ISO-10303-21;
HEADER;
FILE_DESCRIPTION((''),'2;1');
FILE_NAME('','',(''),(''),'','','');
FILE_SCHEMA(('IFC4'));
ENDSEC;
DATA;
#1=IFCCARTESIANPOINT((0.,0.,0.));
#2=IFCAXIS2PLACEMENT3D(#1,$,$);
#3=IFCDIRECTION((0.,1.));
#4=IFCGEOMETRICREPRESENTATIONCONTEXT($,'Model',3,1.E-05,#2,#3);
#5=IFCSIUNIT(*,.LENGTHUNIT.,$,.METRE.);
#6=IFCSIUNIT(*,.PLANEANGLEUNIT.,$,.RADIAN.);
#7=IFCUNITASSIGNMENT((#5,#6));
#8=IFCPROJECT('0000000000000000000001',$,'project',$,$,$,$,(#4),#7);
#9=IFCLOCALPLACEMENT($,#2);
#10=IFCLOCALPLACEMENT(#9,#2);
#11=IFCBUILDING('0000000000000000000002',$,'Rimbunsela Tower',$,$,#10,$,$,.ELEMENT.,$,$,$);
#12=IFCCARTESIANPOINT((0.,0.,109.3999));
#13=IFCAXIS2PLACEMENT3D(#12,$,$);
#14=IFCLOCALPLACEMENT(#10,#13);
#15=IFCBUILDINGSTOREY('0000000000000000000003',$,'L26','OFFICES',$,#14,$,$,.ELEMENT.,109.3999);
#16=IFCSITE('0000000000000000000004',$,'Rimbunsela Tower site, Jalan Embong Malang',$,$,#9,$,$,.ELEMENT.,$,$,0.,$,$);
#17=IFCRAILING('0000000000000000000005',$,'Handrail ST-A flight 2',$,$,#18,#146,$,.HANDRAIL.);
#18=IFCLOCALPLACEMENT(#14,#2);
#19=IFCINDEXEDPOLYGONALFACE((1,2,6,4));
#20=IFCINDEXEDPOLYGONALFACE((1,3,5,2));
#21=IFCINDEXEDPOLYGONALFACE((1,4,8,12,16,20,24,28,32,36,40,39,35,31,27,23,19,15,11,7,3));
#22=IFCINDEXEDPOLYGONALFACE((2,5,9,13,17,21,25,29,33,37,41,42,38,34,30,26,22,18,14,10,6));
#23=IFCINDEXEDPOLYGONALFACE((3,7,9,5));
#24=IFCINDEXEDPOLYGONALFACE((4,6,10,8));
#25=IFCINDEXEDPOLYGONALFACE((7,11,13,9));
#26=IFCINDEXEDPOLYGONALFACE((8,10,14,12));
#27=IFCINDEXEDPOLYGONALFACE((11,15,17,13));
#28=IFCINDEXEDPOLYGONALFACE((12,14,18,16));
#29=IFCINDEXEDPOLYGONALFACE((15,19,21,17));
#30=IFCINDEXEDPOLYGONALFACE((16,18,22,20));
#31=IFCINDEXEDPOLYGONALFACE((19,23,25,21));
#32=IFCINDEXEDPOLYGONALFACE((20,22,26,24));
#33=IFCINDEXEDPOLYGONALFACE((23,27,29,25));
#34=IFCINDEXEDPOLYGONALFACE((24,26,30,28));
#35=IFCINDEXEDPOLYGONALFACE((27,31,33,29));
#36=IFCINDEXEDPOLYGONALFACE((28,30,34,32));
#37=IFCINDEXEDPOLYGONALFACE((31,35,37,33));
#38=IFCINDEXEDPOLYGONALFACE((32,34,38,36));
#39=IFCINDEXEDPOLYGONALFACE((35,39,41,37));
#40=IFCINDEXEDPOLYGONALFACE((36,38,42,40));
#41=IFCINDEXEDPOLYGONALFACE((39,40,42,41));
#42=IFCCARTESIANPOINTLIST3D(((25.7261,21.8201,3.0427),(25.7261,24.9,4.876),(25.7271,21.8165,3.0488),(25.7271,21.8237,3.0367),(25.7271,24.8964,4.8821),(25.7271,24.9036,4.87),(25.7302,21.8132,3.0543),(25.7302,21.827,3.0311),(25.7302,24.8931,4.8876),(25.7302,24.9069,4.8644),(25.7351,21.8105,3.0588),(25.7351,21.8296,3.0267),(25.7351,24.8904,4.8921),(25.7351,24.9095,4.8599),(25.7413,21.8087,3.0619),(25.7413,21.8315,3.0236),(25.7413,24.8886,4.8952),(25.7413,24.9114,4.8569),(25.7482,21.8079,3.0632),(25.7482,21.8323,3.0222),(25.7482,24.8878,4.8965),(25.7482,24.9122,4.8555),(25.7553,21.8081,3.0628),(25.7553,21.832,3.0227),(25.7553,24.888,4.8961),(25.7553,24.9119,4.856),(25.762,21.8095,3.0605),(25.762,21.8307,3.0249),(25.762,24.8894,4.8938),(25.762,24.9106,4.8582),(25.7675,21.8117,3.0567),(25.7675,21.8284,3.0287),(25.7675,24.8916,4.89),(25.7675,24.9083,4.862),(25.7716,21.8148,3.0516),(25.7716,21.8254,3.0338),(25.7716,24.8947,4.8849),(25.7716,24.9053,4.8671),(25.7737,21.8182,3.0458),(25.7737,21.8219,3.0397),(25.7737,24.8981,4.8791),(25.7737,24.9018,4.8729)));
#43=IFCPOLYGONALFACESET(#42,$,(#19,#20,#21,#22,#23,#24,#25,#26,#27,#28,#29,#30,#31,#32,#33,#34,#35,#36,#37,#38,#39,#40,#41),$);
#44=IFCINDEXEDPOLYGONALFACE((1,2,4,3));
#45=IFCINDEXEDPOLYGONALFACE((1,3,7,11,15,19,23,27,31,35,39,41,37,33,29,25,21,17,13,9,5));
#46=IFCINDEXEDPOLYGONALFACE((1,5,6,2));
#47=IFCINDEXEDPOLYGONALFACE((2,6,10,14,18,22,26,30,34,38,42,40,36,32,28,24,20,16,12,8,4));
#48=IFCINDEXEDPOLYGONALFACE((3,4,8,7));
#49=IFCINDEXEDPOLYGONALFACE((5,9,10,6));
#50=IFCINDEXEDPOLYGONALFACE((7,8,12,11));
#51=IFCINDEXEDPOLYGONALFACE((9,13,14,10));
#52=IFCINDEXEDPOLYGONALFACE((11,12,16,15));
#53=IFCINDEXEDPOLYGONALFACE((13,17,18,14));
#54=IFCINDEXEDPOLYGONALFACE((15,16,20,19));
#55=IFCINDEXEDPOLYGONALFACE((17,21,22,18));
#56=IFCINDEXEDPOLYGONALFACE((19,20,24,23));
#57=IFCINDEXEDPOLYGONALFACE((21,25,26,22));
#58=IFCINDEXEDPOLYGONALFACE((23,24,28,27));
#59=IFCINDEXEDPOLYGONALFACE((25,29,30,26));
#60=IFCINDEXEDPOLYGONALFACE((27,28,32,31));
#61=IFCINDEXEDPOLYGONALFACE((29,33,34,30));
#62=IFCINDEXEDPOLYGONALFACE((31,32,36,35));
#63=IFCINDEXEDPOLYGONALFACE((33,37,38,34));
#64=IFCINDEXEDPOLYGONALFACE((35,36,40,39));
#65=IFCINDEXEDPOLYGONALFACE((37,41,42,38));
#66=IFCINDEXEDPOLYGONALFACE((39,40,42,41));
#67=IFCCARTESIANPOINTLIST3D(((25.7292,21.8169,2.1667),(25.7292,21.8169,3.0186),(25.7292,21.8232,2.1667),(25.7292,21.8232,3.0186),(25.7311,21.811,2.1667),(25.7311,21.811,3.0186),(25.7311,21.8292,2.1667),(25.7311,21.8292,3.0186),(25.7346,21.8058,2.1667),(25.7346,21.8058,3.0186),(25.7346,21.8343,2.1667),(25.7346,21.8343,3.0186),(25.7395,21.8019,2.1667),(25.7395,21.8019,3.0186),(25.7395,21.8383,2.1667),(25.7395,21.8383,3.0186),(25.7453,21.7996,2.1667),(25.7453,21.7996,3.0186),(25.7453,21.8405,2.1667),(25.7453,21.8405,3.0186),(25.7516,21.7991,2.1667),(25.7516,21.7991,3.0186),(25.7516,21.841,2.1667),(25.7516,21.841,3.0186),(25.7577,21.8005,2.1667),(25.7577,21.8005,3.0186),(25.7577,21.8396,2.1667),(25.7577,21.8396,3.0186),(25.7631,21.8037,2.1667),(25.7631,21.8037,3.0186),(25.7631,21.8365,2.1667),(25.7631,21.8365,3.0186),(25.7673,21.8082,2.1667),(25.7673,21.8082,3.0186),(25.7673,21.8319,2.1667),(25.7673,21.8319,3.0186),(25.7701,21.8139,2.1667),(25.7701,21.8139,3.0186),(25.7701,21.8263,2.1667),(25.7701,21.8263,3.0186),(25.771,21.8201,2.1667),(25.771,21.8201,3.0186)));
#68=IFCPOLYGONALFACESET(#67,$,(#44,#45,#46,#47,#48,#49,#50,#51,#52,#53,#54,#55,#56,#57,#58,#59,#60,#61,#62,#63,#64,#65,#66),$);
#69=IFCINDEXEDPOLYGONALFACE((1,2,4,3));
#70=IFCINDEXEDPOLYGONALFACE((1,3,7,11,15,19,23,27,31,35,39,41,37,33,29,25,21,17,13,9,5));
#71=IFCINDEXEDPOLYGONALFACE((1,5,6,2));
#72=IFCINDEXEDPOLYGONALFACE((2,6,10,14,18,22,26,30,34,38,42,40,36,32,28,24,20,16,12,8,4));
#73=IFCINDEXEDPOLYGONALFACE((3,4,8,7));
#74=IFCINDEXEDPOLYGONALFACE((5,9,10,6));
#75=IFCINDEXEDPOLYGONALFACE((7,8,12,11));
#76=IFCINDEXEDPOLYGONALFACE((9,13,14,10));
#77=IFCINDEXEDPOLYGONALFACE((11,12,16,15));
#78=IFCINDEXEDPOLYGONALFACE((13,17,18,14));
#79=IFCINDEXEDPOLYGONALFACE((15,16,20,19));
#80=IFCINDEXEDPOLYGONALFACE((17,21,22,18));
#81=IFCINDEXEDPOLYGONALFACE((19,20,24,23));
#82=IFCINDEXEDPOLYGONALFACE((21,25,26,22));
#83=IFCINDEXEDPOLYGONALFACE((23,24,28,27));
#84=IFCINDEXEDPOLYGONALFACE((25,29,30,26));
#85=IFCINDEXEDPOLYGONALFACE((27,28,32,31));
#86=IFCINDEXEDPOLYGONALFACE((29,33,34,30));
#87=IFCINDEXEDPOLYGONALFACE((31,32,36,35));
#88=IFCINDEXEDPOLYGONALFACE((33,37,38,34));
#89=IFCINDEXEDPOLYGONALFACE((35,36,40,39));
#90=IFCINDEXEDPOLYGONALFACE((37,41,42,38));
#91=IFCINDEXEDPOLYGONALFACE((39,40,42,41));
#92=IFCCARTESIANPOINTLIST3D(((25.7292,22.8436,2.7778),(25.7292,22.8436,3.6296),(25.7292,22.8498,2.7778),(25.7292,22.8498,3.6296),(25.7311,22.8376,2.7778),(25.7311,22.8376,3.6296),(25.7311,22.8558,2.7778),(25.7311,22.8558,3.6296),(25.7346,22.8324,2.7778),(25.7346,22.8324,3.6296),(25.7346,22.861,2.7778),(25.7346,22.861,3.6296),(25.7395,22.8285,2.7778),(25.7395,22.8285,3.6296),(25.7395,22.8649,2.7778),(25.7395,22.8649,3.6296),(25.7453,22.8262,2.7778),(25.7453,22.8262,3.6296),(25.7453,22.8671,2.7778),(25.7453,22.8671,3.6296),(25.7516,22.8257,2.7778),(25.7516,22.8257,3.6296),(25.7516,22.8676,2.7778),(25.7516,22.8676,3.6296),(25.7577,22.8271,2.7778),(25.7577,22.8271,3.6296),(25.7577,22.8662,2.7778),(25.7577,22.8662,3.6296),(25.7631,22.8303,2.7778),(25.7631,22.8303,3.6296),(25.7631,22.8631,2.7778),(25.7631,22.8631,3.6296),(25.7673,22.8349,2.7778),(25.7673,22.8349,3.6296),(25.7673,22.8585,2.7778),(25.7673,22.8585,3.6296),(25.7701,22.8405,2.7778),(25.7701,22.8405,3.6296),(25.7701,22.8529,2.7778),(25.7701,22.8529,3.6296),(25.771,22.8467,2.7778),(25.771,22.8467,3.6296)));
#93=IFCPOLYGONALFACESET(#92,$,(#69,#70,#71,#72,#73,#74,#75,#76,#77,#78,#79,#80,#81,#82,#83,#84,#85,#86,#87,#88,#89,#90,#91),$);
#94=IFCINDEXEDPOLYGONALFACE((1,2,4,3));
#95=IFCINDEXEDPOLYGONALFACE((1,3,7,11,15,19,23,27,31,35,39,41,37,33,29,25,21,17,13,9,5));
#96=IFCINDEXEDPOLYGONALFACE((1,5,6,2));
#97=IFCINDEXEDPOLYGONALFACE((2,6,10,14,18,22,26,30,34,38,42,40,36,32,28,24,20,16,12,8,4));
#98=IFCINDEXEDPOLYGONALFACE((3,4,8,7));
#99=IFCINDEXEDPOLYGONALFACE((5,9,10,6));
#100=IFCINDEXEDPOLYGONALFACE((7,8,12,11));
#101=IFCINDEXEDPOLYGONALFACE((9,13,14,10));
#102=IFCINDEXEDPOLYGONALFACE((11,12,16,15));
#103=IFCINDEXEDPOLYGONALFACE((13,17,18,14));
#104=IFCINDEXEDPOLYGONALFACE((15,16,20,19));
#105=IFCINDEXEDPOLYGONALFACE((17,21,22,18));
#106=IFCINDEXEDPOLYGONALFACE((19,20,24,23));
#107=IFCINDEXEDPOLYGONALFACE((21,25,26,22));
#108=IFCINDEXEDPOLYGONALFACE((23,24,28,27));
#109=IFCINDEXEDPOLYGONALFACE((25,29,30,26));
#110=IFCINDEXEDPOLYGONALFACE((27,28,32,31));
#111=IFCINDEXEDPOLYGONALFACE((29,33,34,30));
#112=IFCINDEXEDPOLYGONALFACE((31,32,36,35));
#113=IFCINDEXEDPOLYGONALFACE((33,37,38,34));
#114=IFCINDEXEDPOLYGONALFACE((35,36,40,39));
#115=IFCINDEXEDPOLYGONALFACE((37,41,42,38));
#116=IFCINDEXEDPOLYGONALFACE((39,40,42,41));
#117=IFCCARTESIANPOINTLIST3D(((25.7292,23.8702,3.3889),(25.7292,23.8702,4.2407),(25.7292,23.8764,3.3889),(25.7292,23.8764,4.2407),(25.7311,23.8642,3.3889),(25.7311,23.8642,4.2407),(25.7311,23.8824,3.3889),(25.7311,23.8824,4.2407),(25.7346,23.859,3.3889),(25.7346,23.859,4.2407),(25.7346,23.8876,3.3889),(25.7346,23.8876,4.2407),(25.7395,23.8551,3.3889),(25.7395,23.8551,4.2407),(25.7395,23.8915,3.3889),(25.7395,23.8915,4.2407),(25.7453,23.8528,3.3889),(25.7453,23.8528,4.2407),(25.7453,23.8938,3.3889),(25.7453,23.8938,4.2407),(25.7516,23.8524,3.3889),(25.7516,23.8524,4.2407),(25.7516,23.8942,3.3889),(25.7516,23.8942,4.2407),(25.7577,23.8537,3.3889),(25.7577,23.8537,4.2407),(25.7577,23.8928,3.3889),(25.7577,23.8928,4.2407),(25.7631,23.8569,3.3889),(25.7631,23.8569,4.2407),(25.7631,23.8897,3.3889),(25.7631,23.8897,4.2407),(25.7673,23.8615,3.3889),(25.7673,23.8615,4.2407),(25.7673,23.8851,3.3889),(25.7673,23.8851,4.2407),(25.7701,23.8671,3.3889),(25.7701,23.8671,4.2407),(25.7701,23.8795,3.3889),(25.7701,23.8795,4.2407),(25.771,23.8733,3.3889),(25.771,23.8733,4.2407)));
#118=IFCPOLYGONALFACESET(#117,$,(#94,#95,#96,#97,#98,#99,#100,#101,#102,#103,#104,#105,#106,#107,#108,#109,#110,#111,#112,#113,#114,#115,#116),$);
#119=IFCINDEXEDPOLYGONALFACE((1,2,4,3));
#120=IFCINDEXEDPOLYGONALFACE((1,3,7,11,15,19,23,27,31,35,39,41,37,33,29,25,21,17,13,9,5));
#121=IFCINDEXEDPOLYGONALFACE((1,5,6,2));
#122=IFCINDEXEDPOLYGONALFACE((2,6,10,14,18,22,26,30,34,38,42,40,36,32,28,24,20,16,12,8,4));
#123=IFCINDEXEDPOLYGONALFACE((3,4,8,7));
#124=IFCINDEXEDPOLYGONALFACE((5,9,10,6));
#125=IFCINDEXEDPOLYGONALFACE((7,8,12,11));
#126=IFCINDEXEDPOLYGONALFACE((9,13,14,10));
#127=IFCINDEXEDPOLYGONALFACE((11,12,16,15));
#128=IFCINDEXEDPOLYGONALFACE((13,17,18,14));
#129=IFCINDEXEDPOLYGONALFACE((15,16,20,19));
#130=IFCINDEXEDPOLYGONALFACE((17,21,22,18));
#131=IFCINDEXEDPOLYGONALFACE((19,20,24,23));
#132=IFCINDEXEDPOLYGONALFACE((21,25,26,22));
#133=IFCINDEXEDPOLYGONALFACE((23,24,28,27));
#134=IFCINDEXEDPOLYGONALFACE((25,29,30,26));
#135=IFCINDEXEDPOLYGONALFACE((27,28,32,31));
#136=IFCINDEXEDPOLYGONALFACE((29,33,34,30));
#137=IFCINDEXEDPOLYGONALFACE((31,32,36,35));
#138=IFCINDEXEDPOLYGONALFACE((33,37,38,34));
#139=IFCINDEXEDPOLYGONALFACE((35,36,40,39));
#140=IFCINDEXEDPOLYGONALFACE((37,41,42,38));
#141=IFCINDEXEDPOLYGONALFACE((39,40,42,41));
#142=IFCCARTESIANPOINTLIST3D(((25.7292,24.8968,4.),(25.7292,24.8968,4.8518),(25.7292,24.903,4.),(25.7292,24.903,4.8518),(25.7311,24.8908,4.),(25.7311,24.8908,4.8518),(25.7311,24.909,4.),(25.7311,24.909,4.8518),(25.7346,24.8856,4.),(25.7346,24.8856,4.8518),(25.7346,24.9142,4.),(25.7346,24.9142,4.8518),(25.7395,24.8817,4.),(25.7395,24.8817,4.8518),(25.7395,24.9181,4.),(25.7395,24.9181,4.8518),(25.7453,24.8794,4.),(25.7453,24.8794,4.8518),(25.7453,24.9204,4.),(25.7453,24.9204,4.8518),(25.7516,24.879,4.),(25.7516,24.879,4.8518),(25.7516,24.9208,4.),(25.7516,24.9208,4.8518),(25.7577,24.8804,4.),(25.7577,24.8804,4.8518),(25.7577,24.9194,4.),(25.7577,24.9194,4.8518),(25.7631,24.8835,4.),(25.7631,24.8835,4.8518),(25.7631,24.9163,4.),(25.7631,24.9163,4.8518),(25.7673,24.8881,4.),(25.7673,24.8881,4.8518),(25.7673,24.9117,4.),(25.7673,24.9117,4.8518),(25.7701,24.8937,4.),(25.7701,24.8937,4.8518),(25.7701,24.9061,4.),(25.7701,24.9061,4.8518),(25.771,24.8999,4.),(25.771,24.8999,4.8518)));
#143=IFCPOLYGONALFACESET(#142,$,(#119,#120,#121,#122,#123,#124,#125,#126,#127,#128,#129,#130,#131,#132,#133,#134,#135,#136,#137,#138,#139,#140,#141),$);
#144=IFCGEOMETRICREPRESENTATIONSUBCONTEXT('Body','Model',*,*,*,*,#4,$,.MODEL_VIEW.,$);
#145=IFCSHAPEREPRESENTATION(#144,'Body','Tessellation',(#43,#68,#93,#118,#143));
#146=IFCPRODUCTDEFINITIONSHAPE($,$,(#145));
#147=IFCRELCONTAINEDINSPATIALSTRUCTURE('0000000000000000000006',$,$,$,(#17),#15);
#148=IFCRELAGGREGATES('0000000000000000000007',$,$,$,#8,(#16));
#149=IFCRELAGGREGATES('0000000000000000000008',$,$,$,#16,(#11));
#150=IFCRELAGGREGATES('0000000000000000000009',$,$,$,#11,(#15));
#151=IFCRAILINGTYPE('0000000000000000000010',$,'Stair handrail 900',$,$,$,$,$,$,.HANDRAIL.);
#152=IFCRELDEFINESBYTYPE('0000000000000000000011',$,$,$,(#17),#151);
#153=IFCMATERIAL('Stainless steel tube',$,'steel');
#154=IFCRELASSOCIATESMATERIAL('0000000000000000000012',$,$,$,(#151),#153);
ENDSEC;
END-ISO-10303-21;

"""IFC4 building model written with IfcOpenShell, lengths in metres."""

from ifc_helpers import new_model, si_unit, direction, frame, origin, origin_2d, place, context, subcontext, project, spatial, circle, extrude, material, type_object, element, save


model = new_model("IFC4")

# Units and contexts
model_context = context("Model", 3, precision=1e-05, world=origin(), true_north=direction((0.0, 1.0)))
body_context = subcontext(model_context, "Body", "Model", "MODEL_VIEW")
ifc_project = project(units=[si_unit("LENGTHUNIT", "METRE"), si_unit("PLANEANGLEUNIT", "RADIAN")], contexts=[model_context])

# Site, building, storey
site_placement = place(None, origin())
site = spatial("IfcSite", under=ifc_project, at=site_placement, Name="Rimbunsela Tower site, Jalan Embong Malang", CompositionType="ELEMENT", RefElevation=0.0)
building_placement = place(site_placement, origin())
building = spatial("IfcBuilding", under=site, at=building_placement, Name="Rimbunsela Tower", CompositionType="ELEMENT")
storey_placement = place(building_placement, frame((0.0, 0.0, 109.3999)))
storey = spatial("IfcBuildingStorey", under=building, at=storey_placement, Name="L26", Description="OFFICES", CompositionType="ELEMENT", Elevation=109.3999)

# Railing
ifc_material_1 = material(Name="Stainless steel tube", Category="steel")
railing_type = type_object("IfcRailingType", Name="Stair handrail 900", PredefinedType="HANDRAIL", material=ifc_material_1)
railing_1_placement = place(storey_placement, frame((25.75, 21.8201, 2.1667)))
element("IfcRailing", 1, at=railing_1_placement, inside=storey, type_object=railing_type, Name="Handrail ST-A flight 2", PredefinedType="HANDRAIL", context=body_context, shape_type="SweptSolid", body=[
    extrude(circle(Radius=0.0239, at=origin_2d()), frame((0.0, 0.0, 0.876), z_axis=(0.0, 0.859291, 0.511487), x_axis=(-1.0, 0.0, 0.0)), (0.0, 0.0, 1.0), 3.5842),
    extrude(circle(Radius=0.021, at=origin_2d()), origin(), (0.0, 0.0, 1.0), 0.8518),
    extrude(circle(Radius=0.021, at=origin_2d()), frame((0.0, 1.0266, 0.6111)), (0.0, 0.0, 1.0), 0.8518),
    extrude(circle(Radius=0.021, at=origin_2d()), frame((0.0, 2.0532, 1.2222)), (0.0, 0.0, 1.0), 0.8518),
    extrude(circle(Radius=0.021, at=origin_2d()), frame((0.0, 3.0798, 1.8333)), (0.0, 0.0, 1.0), 0.8518),
])

save(model, "model.ifc")
